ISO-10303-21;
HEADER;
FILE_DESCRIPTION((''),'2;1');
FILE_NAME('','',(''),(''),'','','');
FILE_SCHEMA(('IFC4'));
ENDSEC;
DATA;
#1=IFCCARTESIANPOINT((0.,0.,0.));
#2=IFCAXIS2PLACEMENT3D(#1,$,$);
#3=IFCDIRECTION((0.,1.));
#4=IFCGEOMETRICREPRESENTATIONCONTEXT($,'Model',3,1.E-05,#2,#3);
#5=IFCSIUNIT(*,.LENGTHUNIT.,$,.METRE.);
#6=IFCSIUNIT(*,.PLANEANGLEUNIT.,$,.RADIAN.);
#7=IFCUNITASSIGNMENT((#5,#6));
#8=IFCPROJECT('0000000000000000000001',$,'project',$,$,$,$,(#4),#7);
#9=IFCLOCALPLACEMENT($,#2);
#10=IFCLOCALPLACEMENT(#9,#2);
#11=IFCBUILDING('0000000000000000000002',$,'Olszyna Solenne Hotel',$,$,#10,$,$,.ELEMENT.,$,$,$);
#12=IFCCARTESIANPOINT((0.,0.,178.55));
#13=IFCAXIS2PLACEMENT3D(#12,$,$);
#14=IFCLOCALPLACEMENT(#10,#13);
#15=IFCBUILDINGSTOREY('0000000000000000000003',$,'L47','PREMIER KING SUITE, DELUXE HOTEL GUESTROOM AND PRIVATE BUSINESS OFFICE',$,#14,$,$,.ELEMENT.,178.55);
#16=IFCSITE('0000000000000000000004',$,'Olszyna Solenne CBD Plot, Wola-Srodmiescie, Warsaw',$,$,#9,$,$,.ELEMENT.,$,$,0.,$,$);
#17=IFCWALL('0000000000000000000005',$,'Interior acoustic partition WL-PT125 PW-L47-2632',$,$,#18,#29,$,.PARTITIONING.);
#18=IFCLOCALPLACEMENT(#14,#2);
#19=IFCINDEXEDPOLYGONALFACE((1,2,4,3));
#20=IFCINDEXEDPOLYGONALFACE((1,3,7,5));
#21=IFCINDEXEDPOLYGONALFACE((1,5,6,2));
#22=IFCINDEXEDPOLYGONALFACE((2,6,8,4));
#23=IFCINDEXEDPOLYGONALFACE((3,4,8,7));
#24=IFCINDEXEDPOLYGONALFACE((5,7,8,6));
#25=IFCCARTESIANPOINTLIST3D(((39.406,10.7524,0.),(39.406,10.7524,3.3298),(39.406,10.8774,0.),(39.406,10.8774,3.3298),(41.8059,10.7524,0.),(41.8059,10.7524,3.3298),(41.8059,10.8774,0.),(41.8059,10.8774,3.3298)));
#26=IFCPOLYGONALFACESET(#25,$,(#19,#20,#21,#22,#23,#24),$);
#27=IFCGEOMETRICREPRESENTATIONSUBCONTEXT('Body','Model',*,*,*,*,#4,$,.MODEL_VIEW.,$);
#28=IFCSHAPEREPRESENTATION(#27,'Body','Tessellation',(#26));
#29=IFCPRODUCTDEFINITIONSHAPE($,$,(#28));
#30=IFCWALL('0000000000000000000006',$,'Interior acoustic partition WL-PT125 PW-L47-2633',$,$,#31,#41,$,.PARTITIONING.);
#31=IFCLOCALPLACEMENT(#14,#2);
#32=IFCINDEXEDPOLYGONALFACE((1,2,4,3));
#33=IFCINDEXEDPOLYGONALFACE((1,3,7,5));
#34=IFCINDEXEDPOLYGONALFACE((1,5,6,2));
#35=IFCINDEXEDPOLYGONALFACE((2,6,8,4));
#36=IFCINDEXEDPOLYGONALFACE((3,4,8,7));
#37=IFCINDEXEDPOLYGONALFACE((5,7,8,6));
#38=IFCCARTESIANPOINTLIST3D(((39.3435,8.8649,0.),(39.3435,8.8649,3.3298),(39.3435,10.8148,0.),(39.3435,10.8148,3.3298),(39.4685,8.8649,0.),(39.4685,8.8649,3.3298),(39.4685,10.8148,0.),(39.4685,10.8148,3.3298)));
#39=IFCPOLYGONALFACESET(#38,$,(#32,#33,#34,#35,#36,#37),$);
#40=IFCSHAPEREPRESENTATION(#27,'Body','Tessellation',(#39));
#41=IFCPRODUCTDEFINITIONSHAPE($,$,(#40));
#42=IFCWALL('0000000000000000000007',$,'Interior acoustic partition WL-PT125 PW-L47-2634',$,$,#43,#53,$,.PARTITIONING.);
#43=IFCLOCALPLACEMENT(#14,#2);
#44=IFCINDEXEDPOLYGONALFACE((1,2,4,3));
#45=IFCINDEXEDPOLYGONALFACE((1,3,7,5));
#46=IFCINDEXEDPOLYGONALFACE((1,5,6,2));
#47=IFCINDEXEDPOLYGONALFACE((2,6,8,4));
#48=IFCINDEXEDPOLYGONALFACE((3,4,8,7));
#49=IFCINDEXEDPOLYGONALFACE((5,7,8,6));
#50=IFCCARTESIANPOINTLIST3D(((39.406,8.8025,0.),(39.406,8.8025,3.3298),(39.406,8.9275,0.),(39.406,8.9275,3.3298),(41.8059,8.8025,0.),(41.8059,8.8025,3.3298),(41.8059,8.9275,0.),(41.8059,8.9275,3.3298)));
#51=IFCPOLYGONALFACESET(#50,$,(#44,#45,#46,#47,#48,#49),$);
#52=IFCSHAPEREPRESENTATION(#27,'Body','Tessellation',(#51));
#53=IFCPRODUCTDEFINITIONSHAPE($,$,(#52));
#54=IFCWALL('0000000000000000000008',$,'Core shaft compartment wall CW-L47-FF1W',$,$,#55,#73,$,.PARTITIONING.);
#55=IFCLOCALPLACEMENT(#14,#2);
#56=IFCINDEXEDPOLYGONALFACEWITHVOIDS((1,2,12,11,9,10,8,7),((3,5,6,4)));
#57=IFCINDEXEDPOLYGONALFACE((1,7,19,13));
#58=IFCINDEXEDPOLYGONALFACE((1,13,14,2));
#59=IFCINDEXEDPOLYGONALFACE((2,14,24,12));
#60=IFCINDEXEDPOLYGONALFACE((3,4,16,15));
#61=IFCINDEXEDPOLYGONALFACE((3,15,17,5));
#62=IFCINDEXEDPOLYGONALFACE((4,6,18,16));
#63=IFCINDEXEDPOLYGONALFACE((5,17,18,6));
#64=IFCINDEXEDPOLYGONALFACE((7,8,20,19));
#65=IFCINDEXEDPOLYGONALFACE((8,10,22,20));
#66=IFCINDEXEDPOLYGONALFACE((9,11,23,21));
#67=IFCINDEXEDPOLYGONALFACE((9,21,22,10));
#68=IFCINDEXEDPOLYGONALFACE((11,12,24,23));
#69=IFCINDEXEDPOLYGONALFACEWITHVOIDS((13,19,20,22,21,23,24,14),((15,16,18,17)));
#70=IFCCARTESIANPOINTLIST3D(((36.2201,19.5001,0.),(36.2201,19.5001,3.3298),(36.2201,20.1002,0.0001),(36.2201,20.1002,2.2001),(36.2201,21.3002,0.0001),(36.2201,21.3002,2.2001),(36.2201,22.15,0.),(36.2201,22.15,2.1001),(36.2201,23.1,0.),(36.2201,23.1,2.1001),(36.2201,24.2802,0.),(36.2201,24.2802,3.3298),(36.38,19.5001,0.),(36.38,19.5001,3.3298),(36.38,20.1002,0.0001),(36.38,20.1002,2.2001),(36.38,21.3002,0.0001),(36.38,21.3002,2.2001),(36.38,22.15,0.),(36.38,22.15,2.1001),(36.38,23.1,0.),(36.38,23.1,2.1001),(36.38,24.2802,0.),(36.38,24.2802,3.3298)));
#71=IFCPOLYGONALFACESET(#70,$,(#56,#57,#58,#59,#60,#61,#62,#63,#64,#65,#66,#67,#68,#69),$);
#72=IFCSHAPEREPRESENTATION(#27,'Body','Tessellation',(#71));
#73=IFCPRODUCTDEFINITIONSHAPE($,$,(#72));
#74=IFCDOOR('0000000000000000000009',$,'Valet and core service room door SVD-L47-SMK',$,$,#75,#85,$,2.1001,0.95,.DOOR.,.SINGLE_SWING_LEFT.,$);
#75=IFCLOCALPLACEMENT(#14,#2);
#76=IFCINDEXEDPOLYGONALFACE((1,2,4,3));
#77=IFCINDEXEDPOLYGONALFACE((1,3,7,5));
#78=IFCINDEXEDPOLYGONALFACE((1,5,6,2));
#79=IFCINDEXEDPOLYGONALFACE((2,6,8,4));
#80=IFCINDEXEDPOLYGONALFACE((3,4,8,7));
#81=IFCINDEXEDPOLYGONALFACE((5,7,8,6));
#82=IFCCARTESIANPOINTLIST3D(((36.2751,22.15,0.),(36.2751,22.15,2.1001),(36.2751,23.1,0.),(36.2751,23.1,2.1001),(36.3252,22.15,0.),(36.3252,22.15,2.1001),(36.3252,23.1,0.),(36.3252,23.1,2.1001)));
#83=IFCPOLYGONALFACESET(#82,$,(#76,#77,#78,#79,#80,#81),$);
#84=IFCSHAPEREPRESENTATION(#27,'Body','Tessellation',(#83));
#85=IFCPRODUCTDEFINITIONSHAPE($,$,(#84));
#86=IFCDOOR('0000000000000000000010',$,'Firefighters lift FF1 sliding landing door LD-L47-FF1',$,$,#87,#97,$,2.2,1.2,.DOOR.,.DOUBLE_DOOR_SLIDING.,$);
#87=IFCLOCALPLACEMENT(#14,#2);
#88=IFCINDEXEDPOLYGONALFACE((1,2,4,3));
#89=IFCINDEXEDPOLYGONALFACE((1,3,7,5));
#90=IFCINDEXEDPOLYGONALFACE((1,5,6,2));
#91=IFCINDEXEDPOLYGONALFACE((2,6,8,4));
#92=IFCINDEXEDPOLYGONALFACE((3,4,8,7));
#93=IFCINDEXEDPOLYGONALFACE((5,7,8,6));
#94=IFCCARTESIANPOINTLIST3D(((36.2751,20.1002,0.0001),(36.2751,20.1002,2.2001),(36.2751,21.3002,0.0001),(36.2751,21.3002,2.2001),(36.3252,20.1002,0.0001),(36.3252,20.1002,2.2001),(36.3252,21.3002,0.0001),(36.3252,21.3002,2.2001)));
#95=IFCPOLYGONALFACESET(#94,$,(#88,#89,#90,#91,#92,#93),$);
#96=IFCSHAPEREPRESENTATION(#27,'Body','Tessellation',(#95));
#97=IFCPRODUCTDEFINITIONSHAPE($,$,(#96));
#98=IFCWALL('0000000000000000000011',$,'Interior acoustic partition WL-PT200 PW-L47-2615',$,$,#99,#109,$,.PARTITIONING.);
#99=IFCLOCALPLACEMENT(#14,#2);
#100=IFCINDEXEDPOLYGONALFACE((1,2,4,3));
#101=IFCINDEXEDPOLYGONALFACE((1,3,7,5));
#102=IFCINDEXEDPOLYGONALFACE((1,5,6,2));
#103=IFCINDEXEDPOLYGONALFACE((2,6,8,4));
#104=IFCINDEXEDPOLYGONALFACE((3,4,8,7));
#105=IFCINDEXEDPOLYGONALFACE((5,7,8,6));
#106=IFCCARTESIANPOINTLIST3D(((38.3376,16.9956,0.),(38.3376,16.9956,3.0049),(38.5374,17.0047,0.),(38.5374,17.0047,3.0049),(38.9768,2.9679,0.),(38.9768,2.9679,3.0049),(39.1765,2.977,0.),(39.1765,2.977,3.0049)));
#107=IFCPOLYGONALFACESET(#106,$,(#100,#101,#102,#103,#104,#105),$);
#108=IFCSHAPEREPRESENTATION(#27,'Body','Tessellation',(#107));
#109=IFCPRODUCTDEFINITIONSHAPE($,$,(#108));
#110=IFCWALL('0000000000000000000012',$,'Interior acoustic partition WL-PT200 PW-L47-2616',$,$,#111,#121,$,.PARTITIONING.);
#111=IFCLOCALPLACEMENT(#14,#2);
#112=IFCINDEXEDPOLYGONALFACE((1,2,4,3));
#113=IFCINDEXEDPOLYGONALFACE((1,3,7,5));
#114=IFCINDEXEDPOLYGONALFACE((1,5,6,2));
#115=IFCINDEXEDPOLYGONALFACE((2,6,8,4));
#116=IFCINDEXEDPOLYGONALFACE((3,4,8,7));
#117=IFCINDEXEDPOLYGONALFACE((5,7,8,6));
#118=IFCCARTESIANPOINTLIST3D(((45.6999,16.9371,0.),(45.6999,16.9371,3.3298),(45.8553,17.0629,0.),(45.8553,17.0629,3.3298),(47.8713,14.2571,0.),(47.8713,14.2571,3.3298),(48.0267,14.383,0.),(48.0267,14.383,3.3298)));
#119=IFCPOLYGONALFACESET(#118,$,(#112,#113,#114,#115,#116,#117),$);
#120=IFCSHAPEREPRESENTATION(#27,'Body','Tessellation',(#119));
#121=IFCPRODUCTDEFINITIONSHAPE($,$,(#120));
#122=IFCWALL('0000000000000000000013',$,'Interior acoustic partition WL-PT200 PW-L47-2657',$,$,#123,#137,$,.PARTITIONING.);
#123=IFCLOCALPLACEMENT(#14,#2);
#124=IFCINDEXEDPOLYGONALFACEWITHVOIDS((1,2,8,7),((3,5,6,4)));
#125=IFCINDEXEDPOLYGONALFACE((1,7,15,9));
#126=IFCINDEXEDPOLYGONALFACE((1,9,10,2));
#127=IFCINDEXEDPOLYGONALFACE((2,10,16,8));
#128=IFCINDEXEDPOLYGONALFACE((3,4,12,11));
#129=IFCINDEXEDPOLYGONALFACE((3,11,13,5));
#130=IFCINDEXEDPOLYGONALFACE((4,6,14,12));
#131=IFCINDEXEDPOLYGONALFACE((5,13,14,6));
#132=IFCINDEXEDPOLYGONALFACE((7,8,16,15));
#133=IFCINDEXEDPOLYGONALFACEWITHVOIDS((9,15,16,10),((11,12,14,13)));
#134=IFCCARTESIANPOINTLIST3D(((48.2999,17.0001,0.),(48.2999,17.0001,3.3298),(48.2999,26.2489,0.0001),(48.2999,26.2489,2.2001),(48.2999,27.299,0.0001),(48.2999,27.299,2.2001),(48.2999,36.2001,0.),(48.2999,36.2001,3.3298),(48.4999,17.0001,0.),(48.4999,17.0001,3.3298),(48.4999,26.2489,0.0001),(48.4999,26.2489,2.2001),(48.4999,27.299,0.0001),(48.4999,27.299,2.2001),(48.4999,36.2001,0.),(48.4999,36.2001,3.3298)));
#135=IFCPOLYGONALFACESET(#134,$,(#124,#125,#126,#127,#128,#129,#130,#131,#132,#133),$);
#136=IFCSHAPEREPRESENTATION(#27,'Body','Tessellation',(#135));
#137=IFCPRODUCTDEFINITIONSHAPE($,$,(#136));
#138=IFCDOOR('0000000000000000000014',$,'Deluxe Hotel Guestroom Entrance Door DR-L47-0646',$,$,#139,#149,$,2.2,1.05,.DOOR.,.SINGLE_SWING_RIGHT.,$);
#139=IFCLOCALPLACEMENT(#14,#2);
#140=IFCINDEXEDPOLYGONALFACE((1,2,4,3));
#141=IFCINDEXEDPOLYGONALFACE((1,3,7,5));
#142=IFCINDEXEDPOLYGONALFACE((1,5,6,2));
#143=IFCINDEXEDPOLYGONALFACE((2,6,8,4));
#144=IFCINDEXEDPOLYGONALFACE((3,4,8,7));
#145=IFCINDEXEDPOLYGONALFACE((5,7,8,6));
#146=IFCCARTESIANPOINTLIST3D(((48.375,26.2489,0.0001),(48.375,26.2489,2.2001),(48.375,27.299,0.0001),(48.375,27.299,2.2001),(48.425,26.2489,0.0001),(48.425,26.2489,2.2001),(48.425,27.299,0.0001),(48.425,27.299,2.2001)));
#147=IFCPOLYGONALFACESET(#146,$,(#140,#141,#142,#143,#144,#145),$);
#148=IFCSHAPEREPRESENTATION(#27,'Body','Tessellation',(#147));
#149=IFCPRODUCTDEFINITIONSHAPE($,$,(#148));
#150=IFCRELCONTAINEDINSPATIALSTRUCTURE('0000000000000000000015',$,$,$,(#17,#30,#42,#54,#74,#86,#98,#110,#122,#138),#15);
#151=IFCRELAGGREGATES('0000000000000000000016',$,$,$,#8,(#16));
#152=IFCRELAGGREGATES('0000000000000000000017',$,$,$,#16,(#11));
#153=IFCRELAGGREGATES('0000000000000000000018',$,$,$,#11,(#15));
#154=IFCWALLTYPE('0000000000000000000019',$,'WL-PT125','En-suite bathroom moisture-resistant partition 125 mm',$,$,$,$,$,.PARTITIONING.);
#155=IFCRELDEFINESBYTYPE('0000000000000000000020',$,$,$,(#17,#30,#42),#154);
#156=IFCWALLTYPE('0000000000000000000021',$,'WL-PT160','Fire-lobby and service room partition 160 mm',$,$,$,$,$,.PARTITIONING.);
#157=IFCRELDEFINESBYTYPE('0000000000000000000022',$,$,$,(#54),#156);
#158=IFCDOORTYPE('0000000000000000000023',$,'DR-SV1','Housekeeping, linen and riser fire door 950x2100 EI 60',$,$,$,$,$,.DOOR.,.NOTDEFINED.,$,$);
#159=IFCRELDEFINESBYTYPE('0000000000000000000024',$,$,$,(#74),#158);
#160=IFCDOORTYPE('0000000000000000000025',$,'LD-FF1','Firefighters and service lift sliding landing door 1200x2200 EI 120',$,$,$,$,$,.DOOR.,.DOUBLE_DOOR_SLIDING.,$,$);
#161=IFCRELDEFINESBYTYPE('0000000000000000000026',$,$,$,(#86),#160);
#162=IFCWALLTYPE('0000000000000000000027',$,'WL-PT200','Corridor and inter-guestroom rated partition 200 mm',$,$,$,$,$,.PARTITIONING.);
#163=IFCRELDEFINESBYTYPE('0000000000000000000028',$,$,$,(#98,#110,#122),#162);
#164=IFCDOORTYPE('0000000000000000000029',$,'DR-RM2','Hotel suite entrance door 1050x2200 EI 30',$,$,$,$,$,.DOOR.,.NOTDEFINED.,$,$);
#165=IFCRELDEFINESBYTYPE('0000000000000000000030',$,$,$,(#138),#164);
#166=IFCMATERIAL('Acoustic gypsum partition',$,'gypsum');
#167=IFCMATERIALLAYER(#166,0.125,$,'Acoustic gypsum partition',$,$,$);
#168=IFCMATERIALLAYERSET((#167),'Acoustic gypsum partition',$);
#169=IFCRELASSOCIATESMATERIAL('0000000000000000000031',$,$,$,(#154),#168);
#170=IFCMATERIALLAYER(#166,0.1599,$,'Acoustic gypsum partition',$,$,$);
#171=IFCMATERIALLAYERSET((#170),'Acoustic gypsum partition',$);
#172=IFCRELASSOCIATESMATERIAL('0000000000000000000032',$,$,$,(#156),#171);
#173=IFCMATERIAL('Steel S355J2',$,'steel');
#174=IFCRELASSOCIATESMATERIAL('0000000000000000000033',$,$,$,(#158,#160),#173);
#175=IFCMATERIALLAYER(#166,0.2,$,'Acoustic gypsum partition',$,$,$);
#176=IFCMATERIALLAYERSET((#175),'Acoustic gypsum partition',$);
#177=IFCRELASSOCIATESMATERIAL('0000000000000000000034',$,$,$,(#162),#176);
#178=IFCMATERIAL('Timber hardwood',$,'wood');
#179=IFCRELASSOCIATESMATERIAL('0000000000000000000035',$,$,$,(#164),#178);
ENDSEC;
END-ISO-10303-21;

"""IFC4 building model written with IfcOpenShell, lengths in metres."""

from ifc_helpers import new_model, si_unit, direction, frame, frame_2d, origin, place, context, subcontext, project, spatial, rectangle, extrude, source, transform, mapped, material, layer, layer_set, type_object, type_shapes, element, fill, save


model = new_model("IFC4")

# Units and contexts
model_context = context("Model", 3, precision=1e-05, world=origin(), true_north=direction((0.0, 1.0)))
body_context = subcontext(model_context, "Body", "Model", "MODEL_VIEW")
ifc_project = project(units=[si_unit("LENGTHUNIT", "METRE"), si_unit("PLANEANGLEUNIT", "RADIAN")], contexts=[model_context])

# Site, building, storey
site_placement = place(None, origin())
site = spatial("IfcSite", under=ifc_project, at=site_placement, Name="Olszyna Solenne CBD Plot, Wola-Srodmiescie, Warsaw", CompositionType="ELEMENT", RefElevation=0.0)
building_placement = place(site_placement, origin())
building = spatial("IfcBuilding", under=site, at=building_placement, Name="Olszyna Solenne Hotel", CompositionType="ELEMENT")
storey_placement = place(building_placement, frame((0.0, 0.0, 178.55)))
storey = spatial("IfcBuildingStorey", under=building, at=storey_placement, Name="L47", Description="PREMIER KING SUITE, DELUXE HOTEL GUESTROOM AND PRIVATE BUSINESS OFFICE", CompositionType="ELEMENT", Elevation=178.55)

# Shared definitions
ifc_material_1 = material(Name="Steel S355J2", Category="steel")

# Shared definitions
ifc_material_2 = material(Name="Acoustic gypsum partition", Category="gypsum")
ifc_layer_1 = layer(ifc_material_2, 0.125, Name="Acoustic gypsum partition")
ifc_layer_set_1 = layer_set([ifc_layer_1], Name="Acoustic gypsum partition")
wall_type_1 = type_object("IfcWallType", Name="WL-PT125", Description="En-suite bathroom moisture-resistant partition 125 mm", PredefinedType="PARTITIONING", material=ifc_layer_set_1)

# Shared definitions
ifc_material_3 = material(Name="Timber hardwood", Category="wood")

# Walls
wall_1_placement = place(storey_placement, frame((41.8059, 10.8149, 0.0), z_axis=(0.0, 0.0, 1.0), x_axis=(-1.0, 0.0, 0.0)))
element("IfcWall", 1, at=wall_1_placement, inside=storey, type_object=wall_type_1, Name="Interior acoustic partition WL-PT125 PW-L47-2632", PredefinedType="PARTITIONING", context=body_context, shape_type="SweptSolid", body=[
    extrude(rectangle(XDim=2.3999, YDim=0.125, at=frame_2d((1.2, 0.0))), origin(), (0.0, 0.0, 1.0), 3.3298),
])
wall_2_placement = place(storey_placement, frame((39.406, 10.8149, 0.0), z_axis=(0.0, 0.0, 1.0), x_axis=(0.0, -1.0, 0.0)))
element("IfcWall", 2, at=wall_2_placement, inside=storey, type_object=wall_type_1, Name="Interior acoustic partition WL-PT125 PW-L47-2633", PredefinedType="PARTITIONING", context=body_context, shape_type="SweptSolid", body=[
    extrude(rectangle(XDim=1.95, YDim=0.125, at=frame_2d((0.9751, 0.0))), origin(), (0.0, 0.0, 1.0), 3.3298),
])
wall_3_placement = place(storey_placement, frame((39.406, 8.865, 0.0), z_axis=(0.0, 0.0, 1.0), x_axis=(1.0, 0.0, 0.0)))
element("IfcWall", 3, at=wall_3_placement, inside=storey, type_object=wall_type_1, Name="Interior acoustic partition WL-PT125 PW-L47-2634", PredefinedType="PARTITIONING", context=body_context, shape_type="SweptSolid", body=[
    extrude(rectangle(XDim=2.3999, YDim=0.125, at=frame_2d((1.2, 0.0))), origin(), (0.0, 0.0, 1.0), 3.3298),
])

# Wall, openings, doors
ifc_layer_2 = layer(ifc_material_2, 0.1599, Name="Acoustic gypsum partition")
ifc_layer_set_2 = layer_set([ifc_layer_2], Name="Acoustic gypsum partition")
wall_type_2 = type_object("IfcWallType", Name="WL-PT160", Description="Fire-lobby and service room partition 160 mm", PredefinedType="PARTITIONING", material=ifc_layer_set_2)
wall_4_placement = place(storey_placement, frame((36.3, 19.5, 0.0), z_axis=(0.0, 0.0, 1.0), x_axis=(0.0, 1.0, 0.0)))
wall_4 = element("IfcWall", 4, at=wall_4_placement, inside=storey, type_object=wall_type_2, Name="Core shaft compartment wall CW-L47-FF1W", PredefinedType="PARTITIONING", context=body_context, shape_type="SweptSolid", body=[
    extrude(rectangle(XDim=4.78, YDim=0.1599, at=frame_2d((2.3901, 0.0))), origin(), (0.0, 0.0, 1.0), 3.3298),
])
opening_1_placement = place(wall_4_placement, frame((0.6001, 0.0, 0.0)))
opening_1 = element("IfcOpeningElement", 5, at=opening_1_placement, cuts=wall_4, PredefinedType="OPENING", context=body_context, shape_type="SweptSolid", body=[
    extrude(rectangle(XDim=1.2, YDim=2.2, at=frame_2d((0.6001, 1.1001))), frame((0.0, 0.0898, 0.0), z_axis=(0.0, -1.0, 0.0), x_axis=(1.0, 0.0, 0.0)), (0.0, 0.0, 1.0), 0.1799),
])
opening_2_placement = place(wall_4_placement, frame((2.6499, 0.0, 0.0)))
opening_2 = element("IfcOpeningElement", 6, at=opening_2_placement, cuts=wall_4, PredefinedType="OPENING", context=body_context, shape_type="SweptSolid", body=[
    extrude(rectangle(XDim=0.95, YDim=2.1001, at=frame_2d((0.4751, 1.05))), frame((0.0, 0.0898, 0.0), z_axis=(0.0, -1.0, 0.0), x_axis=(1.0, 0.0, 0.0)), (0.0, 0.0, 1.0), 0.1799),
])
door_type_1 = type_object("IfcDoorType", Name="DR-SV1", Description="Housekeeping, linen and riser fire door 950x2100 EI 60", OperationType="NOTDEFINED", PredefinedType="DOOR", material=ifc_material_1)
shared_shape_1 = source(origin(), body_context, "Body", "SweptSolid", [
    extrude(rectangle(XDim=0.95, YDim=2.1001, at=frame_2d((0.4751, 1.05))), frame((0.0, 0.0249, 0.0), z_axis=(0.0, -1.0, 0.0), x_axis=(1.0, 0.0, 0.0)), (0.0, 0.0, 1.0), 0.05),
])
type_shapes(door_type_1, [shared_shape_1])
door_1_placement = place(opening_2_placement, origin())
door_1 = element("IfcDoor", 7, at=door_1_placement, inside=storey, type_object=door_type_1, Name="Valet and core service room door SVD-L47-SMK", OperationType="SINGLE_SWING_LEFT", OverallHeight=2.1001, OverallWidth=0.95, PredefinedType="DOOR", context=body_context, shape_type="MappedRepresentation", body=[
    mapped(shared_shape_1, transform((0.0, 0.0, 0.0), x_axis=(1.0, 0.0, 0.0), y_axis=(0.0, 1.0, 0.0), z_axis=(0.0, 0.0, 1.0), scale=1.0)),
])
fill(opening_2, door_1)
door_type_2 = type_object("IfcDoorType", Name="LD-FF1", Description="Firefighters and service lift sliding landing door 1200x2200 EI 120", OperationType="DOUBLE_DOOR_SLIDING", PredefinedType="DOOR", material=ifc_material_1)
shared_shape_2 = source(origin(), body_context, "Body", "SweptSolid", [
    extrude(rectangle(XDim=1.2, YDim=2.2, at=frame_2d((0.6001, 1.1001))), frame((0.0, 0.0249, 0.0), z_axis=(0.0, -1.0, 0.0), x_axis=(1.0, 0.0, 0.0)), (0.0, 0.0, 1.0), 0.05),
])
type_shapes(door_type_2, [shared_shape_2])
door_2_placement = place(opening_1_placement, origin())
door_2 = element("IfcDoor", 8, at=door_2_placement, inside=storey, type_object=door_type_2, Name="Firefighters lift FF1 sliding landing door LD-L47-FF1", OperationType="DOUBLE_DOOR_SLIDING", OverallHeight=2.2, OverallWidth=1.2, PredefinedType="DOOR", context=body_context, shape_type="MappedRepresentation", body=[
    mapped(shared_shape_2, transform((0.0, 0.0, 0.0), x_axis=(1.0, 0.0, 0.0), y_axis=(0.0, 1.0, 0.0), z_axis=(0.0, 0.0, 1.0), scale=1.0)),
])
fill(opening_1, door_2)

# Walls
ifc_layer_3 = layer(ifc_material_2, 0.2, Name="Acoustic gypsum partition")
ifc_layer_set_3 = layer_set([ifc_layer_3], Name="Acoustic gypsum partition")
wall_type_3 = type_object("IfcWallType", Name="WL-PT200", Description="Corridor and inter-guestroom rated partition 200 mm", PredefinedType="PARTITIONING", material=ifc_layer_set_3)
wall_5_placement = place(storey_placement, frame((38.4375, 17.0, 0.0), z_axis=(0.0, 0.0, 1.0), x_axis=(0.045517, -0.998964, 0.0)))
element("IfcWall", 9, at=wall_5_placement, inside=storey, type_object=wall_type_3, Name="Interior acoustic partition WL-PT200 PW-L47-2615", PredefinedType="PARTITIONING", context=body_context, shape_type="SweptSolid", body=[
    extrude(rectangle(XDim=14.0422, YDim=0.2, at=frame_2d((7.021, 0.0))), origin(), (0.0, 0.0, 1.0), 3.0049),
])
wall_6_placement = place(storey_placement, frame((45.7776, 17.0, 0.0), z_axis=(0.0, 0.0, 1.0), x_axis=(0.629534, -0.776973, 0.0)))
element("IfcWall", 10, at=wall_6_placement, inside=storey, type_object=wall_type_3, Name="Interior acoustic partition WL-PT200 PW-L47-2616", PredefinedType="PARTITIONING", context=body_context, shape_type="SweptSolid", body=[
    extrude(rectangle(XDim=3.4492, YDim=0.2, at=frame_2d((1.7246, 0.0))), origin(), (0.0, 0.0, 1.0), 3.3298),
])

# Wall, opening, door
wall_7_placement = place(storey_placement, frame((48.3999, 17.0, 0.0), z_axis=(0.0, 0.0, 1.0), x_axis=(0.0, 1.0, 0.0)))
wall_7 = element("IfcWall", 11, at=wall_7_placement, inside=storey, type_object=wall_type_3, Name="Interior acoustic partition WL-PT200 PW-L47-2657", PredefinedType="PARTITIONING", context=body_context, shape_type="SweptSolid", body=[
    extrude(rectangle(XDim=19.2, YDim=0.2, at=frame_2d((9.6001, 0.0))), origin(), (0.0, 0.0, 1.0), 3.3298),
])
opening_3_placement = place(wall_7_placement, frame((9.249, 0.0, 0.0)))
opening_3 = element("IfcOpeningElement", 12, at=opening_3_placement, cuts=wall_7, PredefinedType="OPENING", context=body_context, shape_type="SweptSolid", body=[
    extrude(rectangle(XDim=1.05, YDim=2.2, at=frame_2d((0.5249, 1.1001))), frame((0.0, 0.1099, 0.0), z_axis=(0.0, -1.0, 0.0), x_axis=(1.0, 0.0, 0.0)), (0.0, 0.0, 1.0), 0.22),
])
door_type_3 = type_object("IfcDoorType", Name="DR-RM2", Description="Hotel suite entrance door 1050x2200 EI 30", OperationType="NOTDEFINED", PredefinedType="DOOR", material=ifc_material_3)
shared_shape_3 = source(origin(), body_context, "Body", "SweptSolid", [
    extrude(rectangle(XDim=1.05, YDim=2.2, at=frame_2d((0.5249, 1.1001))), frame((0.0, 0.0249, 0.0), z_axis=(0.0, -1.0, 0.0), x_axis=(1.0, 0.0, 0.0)), (0.0, 0.0, 1.0), 0.05),
])
type_shapes(door_type_3, [shared_shape_3])
door_3_placement = place(opening_3_placement, origin())
door_3 = element("IfcDoor", 13, at=door_3_placement, inside=storey, type_object=door_type_3, Name="Deluxe Hotel Guestroom Entrance Door DR-L47-0646", OperationType="SINGLE_SWING_RIGHT", OverallHeight=2.2, OverallWidth=1.05, PredefinedType="DOOR", context=body_context, shape_type="MappedRepresentation", body=[
    mapped(shared_shape_3, transform((0.0, 0.0, 0.0), x_axis=(1.0, 0.0, 0.0), y_axis=(0.0, 1.0, 0.0), z_axis=(0.0, 0.0, 1.0), scale=1.0)),
])
fill(opening_3, door_3)

save(model, "model.ifc")
